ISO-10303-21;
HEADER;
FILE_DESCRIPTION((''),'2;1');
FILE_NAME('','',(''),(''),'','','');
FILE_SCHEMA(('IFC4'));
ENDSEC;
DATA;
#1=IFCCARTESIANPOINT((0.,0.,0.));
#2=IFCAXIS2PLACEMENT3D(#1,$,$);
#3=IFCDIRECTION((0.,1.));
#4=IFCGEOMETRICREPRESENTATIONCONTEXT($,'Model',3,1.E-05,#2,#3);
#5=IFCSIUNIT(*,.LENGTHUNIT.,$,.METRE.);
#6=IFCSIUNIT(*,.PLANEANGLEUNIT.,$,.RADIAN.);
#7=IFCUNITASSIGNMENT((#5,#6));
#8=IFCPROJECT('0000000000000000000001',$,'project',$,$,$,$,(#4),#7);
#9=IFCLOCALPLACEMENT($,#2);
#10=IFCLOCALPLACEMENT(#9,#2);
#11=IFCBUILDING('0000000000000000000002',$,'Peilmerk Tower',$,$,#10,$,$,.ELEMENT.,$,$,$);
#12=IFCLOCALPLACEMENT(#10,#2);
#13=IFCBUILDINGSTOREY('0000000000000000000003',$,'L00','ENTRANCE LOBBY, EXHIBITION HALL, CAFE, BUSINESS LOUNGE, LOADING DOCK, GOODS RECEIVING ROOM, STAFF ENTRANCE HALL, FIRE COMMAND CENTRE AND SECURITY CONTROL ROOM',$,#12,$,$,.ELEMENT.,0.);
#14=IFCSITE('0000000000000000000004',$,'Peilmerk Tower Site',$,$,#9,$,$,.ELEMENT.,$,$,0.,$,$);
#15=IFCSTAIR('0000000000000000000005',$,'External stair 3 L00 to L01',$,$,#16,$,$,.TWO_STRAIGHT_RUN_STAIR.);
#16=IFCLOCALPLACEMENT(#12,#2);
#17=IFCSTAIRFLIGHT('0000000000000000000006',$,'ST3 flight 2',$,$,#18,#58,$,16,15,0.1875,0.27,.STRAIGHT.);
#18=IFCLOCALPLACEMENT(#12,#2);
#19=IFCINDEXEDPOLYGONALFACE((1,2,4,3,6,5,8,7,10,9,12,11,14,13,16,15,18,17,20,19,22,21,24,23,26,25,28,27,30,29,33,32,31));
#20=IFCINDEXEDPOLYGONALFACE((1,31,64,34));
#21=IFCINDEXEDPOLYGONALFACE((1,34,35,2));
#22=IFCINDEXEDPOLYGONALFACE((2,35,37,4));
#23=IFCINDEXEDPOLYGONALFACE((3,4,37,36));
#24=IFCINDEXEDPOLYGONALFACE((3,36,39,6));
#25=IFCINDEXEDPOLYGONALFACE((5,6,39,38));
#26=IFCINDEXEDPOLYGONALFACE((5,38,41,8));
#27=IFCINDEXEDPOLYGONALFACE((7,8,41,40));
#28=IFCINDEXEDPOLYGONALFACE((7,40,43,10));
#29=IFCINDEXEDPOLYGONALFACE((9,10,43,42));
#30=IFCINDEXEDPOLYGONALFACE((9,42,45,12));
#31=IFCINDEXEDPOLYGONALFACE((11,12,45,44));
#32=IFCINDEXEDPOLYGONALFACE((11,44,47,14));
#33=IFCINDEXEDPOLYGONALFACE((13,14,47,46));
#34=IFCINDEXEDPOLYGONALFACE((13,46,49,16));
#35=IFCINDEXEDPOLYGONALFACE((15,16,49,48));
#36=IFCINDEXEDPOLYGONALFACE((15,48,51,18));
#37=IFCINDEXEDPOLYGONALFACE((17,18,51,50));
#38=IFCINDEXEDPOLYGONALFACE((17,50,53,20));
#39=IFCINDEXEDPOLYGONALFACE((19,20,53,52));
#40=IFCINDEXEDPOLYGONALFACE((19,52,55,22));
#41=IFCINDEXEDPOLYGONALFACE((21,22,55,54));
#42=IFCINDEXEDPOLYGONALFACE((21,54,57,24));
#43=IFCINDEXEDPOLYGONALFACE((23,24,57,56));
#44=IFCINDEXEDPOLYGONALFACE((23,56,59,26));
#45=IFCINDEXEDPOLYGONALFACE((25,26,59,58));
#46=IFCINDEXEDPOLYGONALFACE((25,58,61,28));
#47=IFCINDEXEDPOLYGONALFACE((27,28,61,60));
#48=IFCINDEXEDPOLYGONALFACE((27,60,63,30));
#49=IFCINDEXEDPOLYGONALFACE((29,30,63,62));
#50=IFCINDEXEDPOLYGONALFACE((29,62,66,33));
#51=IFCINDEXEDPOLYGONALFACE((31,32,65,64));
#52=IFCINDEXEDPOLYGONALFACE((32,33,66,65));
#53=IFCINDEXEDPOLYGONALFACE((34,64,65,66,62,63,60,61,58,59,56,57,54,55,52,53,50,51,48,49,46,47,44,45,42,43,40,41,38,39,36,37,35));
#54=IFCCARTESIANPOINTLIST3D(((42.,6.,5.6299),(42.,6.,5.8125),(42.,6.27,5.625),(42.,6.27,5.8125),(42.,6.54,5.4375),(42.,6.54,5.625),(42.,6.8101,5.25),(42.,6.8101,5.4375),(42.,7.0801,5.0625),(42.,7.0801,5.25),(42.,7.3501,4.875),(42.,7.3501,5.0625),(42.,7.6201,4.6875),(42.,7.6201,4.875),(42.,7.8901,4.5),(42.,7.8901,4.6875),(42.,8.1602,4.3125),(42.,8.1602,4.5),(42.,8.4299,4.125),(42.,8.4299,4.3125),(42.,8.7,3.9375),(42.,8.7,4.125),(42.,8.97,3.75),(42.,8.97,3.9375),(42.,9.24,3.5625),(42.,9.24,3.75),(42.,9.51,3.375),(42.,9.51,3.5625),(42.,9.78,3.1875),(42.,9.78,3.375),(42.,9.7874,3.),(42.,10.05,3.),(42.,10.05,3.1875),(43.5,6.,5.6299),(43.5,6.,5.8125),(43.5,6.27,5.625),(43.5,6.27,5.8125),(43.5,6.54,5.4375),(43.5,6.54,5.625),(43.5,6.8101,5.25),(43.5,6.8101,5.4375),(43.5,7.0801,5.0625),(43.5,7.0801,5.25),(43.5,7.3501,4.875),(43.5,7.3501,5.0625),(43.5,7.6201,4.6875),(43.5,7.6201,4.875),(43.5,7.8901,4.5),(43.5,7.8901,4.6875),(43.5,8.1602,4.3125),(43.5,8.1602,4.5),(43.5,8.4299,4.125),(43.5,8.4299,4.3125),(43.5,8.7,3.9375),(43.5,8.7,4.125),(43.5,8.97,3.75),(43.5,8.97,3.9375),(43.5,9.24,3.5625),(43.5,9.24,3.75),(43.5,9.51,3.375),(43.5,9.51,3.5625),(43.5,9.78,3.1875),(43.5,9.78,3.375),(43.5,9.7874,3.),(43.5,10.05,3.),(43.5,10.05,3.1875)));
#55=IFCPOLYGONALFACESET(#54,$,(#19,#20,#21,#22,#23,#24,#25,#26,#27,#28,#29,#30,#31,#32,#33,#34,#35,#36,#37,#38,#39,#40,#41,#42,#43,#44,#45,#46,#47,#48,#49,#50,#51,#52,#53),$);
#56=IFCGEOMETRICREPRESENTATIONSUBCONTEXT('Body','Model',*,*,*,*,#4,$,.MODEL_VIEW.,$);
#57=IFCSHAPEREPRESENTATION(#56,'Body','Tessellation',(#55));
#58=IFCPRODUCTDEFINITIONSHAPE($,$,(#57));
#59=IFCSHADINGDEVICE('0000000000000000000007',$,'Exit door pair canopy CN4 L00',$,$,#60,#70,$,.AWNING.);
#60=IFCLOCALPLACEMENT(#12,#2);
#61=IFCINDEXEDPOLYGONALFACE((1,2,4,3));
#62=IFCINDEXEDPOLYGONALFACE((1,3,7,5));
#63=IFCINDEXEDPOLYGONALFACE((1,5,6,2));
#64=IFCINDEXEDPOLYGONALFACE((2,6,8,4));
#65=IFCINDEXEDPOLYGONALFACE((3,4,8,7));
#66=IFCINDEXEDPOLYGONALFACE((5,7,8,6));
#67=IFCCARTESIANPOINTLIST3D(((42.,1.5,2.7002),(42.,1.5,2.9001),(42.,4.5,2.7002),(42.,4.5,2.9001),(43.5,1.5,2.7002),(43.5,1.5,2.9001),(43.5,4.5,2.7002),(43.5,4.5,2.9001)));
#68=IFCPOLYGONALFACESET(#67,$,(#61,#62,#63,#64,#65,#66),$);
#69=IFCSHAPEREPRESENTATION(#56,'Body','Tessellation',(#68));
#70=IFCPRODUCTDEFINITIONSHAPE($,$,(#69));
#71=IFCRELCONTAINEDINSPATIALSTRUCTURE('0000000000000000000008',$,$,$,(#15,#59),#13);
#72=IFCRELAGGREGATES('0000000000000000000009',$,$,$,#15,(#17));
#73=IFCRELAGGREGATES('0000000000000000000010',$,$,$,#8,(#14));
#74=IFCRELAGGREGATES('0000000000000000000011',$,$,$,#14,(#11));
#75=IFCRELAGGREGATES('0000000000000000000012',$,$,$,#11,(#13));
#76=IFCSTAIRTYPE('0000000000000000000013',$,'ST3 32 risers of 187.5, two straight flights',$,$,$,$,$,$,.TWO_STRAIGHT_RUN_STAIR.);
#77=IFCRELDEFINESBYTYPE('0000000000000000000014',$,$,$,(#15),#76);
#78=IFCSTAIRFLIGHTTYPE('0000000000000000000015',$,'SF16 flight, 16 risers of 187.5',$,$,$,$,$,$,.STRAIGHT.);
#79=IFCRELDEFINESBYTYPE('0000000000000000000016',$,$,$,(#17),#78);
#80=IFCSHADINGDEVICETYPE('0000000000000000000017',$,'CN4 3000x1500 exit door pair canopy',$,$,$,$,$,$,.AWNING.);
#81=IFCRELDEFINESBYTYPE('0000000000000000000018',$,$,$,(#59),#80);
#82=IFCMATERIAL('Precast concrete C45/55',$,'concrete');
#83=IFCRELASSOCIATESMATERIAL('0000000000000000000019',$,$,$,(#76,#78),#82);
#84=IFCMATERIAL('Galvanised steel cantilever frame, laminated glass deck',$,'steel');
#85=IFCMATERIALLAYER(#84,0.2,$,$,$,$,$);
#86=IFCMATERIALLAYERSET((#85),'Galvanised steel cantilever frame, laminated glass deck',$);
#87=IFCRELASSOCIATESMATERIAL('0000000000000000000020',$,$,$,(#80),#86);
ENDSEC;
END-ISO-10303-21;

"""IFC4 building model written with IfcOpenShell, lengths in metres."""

from ifc_helpers import new_model, si_unit, direction, frame, origin, origin_2d, place, context, subcontext, project, spatial, polyline, rectangle, outline, extrude, material, layer, layer_set, type_object, element, aggregate, save


model = new_model("IFC4")

# Units and contexts
model_context = context("Model", 3, precision=1e-05, world=origin(), true_north=direction((0.0, 1.0)))
body_context = subcontext(model_context, "Body", "Model", "MODEL_VIEW")
ifc_project = project(units=[si_unit("LENGTHUNIT", "METRE"), si_unit("PLANEANGLEUNIT", "RADIAN")], contexts=[model_context])

# Site, building, storey
site_placement = place(None, origin())
site = spatial("IfcSite", under=ifc_project, at=site_placement, Name="Peilmerk Tower Site", CompositionType="ELEMENT", RefElevation=0.0)
building_placement = place(site_placement, origin())
building = spatial("IfcBuilding", under=site, at=building_placement, Name="Peilmerk Tower", CompositionType="ELEMENT")
storey_placement = place(building_placement, origin())
storey = spatial("IfcBuildingStorey", under=building, at=storey_placement, Name="L00", Description="ENTRANCE LOBBY, EXHIBITION HALL, CAFE, BUSINESS LOUNGE, LOADING DOCK, GOODS RECEIVING ROOM, STAFF ENTRANCE HALL, FIRE COMMAND CENTRE AND SECURITY CONTROL ROOM", CompositionType="ELEMENT", Elevation=0.0)

# Stair, stair flight
ifc_material_1 = material(Name="Precast concrete C45/55", Category="concrete")
stair_type = type_object("IfcStairType", Name="ST3 32 risers of 187.5, two straight flights", PredefinedType="TWO_STRAIGHT_RUN_STAIR", material=ifc_material_1)
stair_placement = place(storey_placement, origin())
stair = element("IfcStair", 1, at=stair_placement, inside=storey, type_object=stair_type, Name="External stair 3 L00 to L01", PredefinedType="TWO_STRAIGHT_RUN_STAIR")
stair_flight_type = type_object("IfcStairFlightType", Name="SF16 flight, 16 risers of 187.5", PredefinedType="STRAIGHT", material=ifc_material_1)
stair_flight_1_placement = place(storey_placement, frame((42.75, 10.05, 3.0), z_axis=(0.0, 0.0, 1.0), x_axis=(0.0, -1.0, 0.0)))
stair_flight_1 = element("IfcStairFlight", 2, at=stair_flight_1_placement, type_object=stair_flight_type, Name="ST3 flight 2", NumberOfRisers=16, NumberOfTreads=15, PredefinedType="STRAIGHT", RiserHeight=0.1875, TreadLength=0.27, context=body_context, shape_type="SweptSolid", body=[
    extrude(outline(polyline([(0.0, 0.0), (0.0, 0.1875), (0.27, 0.1875), (0.27, 0.375), (0.54, 0.375), (0.54, 0.5625), (0.8101, 0.5625), (0.8101, 0.75), (1.0801, 0.75), (1.0801, 0.9375), (1.3501, 0.9375), (1.3501, 1.125), (1.6201, 1.125), (1.6201, 1.3125), (1.8899, 1.3125), (1.8899, 1.5), (2.1599, 1.5), (2.1599, 1.6875), (2.4299, 1.6875), (2.4299, 1.875), (2.7, 1.875), (2.7, 2.0625), (2.97, 2.0625), (2.97, 2.25), (3.24, 2.25), (3.24, 2.4375), (3.51, 2.4375), (3.51, 2.625), (3.78, 2.625), (3.78, 2.8125), (4.05, 2.8125), (4.05, 3.0), (4.05, 2.6299), (0.2627, 0.0), (0.0, 0.0)])), frame((0.0, 0.75, 0.0), z_axis=(0.0, -1.0, 0.0), x_axis=(1.0, 0.0, 0.0)), (0.0, 0.0, 1.0), 1.5),
])
aggregate(stair, [stair_flight_1])

# Shading device
ifc_material_2 = material(Name="Galvanised steel cantilever frame, laminated glass deck", Category="steel")
ifc_layer_1 = layer(ifc_material_2, 0.2)
ifc_layer_set_1 = layer_set([ifc_layer_1], Name="Galvanised steel cantilever frame, laminated glass deck")
shading_device_type = type_object("IfcShadingDeviceType", Name="CN4 3000x1500 exit door pair canopy", PredefinedType="AWNING", material=ifc_layer_set_1)
shading_device_placement = place(storey_placement, frame((42.75, 3.0, 2.7002), z_axis=(0.0, 0.0, 1.0), x_axis=(0.0, -1.0, 0.0)))
element("IfcShadingDevice", 3, at=shading_device_placement, inside=storey, type_object=shading_device_type, Name="Exit door pair canopy CN4 L00", PredefinedType="AWNING", context=body_context, shape_type="SweptSolid", body=[
    extrude(rectangle(XDim=3.0, YDim=1.5, at=origin_2d()), origin(), (0.0, 0.0, 1.0), 0.2),
])

save(model, "model.ifc")
